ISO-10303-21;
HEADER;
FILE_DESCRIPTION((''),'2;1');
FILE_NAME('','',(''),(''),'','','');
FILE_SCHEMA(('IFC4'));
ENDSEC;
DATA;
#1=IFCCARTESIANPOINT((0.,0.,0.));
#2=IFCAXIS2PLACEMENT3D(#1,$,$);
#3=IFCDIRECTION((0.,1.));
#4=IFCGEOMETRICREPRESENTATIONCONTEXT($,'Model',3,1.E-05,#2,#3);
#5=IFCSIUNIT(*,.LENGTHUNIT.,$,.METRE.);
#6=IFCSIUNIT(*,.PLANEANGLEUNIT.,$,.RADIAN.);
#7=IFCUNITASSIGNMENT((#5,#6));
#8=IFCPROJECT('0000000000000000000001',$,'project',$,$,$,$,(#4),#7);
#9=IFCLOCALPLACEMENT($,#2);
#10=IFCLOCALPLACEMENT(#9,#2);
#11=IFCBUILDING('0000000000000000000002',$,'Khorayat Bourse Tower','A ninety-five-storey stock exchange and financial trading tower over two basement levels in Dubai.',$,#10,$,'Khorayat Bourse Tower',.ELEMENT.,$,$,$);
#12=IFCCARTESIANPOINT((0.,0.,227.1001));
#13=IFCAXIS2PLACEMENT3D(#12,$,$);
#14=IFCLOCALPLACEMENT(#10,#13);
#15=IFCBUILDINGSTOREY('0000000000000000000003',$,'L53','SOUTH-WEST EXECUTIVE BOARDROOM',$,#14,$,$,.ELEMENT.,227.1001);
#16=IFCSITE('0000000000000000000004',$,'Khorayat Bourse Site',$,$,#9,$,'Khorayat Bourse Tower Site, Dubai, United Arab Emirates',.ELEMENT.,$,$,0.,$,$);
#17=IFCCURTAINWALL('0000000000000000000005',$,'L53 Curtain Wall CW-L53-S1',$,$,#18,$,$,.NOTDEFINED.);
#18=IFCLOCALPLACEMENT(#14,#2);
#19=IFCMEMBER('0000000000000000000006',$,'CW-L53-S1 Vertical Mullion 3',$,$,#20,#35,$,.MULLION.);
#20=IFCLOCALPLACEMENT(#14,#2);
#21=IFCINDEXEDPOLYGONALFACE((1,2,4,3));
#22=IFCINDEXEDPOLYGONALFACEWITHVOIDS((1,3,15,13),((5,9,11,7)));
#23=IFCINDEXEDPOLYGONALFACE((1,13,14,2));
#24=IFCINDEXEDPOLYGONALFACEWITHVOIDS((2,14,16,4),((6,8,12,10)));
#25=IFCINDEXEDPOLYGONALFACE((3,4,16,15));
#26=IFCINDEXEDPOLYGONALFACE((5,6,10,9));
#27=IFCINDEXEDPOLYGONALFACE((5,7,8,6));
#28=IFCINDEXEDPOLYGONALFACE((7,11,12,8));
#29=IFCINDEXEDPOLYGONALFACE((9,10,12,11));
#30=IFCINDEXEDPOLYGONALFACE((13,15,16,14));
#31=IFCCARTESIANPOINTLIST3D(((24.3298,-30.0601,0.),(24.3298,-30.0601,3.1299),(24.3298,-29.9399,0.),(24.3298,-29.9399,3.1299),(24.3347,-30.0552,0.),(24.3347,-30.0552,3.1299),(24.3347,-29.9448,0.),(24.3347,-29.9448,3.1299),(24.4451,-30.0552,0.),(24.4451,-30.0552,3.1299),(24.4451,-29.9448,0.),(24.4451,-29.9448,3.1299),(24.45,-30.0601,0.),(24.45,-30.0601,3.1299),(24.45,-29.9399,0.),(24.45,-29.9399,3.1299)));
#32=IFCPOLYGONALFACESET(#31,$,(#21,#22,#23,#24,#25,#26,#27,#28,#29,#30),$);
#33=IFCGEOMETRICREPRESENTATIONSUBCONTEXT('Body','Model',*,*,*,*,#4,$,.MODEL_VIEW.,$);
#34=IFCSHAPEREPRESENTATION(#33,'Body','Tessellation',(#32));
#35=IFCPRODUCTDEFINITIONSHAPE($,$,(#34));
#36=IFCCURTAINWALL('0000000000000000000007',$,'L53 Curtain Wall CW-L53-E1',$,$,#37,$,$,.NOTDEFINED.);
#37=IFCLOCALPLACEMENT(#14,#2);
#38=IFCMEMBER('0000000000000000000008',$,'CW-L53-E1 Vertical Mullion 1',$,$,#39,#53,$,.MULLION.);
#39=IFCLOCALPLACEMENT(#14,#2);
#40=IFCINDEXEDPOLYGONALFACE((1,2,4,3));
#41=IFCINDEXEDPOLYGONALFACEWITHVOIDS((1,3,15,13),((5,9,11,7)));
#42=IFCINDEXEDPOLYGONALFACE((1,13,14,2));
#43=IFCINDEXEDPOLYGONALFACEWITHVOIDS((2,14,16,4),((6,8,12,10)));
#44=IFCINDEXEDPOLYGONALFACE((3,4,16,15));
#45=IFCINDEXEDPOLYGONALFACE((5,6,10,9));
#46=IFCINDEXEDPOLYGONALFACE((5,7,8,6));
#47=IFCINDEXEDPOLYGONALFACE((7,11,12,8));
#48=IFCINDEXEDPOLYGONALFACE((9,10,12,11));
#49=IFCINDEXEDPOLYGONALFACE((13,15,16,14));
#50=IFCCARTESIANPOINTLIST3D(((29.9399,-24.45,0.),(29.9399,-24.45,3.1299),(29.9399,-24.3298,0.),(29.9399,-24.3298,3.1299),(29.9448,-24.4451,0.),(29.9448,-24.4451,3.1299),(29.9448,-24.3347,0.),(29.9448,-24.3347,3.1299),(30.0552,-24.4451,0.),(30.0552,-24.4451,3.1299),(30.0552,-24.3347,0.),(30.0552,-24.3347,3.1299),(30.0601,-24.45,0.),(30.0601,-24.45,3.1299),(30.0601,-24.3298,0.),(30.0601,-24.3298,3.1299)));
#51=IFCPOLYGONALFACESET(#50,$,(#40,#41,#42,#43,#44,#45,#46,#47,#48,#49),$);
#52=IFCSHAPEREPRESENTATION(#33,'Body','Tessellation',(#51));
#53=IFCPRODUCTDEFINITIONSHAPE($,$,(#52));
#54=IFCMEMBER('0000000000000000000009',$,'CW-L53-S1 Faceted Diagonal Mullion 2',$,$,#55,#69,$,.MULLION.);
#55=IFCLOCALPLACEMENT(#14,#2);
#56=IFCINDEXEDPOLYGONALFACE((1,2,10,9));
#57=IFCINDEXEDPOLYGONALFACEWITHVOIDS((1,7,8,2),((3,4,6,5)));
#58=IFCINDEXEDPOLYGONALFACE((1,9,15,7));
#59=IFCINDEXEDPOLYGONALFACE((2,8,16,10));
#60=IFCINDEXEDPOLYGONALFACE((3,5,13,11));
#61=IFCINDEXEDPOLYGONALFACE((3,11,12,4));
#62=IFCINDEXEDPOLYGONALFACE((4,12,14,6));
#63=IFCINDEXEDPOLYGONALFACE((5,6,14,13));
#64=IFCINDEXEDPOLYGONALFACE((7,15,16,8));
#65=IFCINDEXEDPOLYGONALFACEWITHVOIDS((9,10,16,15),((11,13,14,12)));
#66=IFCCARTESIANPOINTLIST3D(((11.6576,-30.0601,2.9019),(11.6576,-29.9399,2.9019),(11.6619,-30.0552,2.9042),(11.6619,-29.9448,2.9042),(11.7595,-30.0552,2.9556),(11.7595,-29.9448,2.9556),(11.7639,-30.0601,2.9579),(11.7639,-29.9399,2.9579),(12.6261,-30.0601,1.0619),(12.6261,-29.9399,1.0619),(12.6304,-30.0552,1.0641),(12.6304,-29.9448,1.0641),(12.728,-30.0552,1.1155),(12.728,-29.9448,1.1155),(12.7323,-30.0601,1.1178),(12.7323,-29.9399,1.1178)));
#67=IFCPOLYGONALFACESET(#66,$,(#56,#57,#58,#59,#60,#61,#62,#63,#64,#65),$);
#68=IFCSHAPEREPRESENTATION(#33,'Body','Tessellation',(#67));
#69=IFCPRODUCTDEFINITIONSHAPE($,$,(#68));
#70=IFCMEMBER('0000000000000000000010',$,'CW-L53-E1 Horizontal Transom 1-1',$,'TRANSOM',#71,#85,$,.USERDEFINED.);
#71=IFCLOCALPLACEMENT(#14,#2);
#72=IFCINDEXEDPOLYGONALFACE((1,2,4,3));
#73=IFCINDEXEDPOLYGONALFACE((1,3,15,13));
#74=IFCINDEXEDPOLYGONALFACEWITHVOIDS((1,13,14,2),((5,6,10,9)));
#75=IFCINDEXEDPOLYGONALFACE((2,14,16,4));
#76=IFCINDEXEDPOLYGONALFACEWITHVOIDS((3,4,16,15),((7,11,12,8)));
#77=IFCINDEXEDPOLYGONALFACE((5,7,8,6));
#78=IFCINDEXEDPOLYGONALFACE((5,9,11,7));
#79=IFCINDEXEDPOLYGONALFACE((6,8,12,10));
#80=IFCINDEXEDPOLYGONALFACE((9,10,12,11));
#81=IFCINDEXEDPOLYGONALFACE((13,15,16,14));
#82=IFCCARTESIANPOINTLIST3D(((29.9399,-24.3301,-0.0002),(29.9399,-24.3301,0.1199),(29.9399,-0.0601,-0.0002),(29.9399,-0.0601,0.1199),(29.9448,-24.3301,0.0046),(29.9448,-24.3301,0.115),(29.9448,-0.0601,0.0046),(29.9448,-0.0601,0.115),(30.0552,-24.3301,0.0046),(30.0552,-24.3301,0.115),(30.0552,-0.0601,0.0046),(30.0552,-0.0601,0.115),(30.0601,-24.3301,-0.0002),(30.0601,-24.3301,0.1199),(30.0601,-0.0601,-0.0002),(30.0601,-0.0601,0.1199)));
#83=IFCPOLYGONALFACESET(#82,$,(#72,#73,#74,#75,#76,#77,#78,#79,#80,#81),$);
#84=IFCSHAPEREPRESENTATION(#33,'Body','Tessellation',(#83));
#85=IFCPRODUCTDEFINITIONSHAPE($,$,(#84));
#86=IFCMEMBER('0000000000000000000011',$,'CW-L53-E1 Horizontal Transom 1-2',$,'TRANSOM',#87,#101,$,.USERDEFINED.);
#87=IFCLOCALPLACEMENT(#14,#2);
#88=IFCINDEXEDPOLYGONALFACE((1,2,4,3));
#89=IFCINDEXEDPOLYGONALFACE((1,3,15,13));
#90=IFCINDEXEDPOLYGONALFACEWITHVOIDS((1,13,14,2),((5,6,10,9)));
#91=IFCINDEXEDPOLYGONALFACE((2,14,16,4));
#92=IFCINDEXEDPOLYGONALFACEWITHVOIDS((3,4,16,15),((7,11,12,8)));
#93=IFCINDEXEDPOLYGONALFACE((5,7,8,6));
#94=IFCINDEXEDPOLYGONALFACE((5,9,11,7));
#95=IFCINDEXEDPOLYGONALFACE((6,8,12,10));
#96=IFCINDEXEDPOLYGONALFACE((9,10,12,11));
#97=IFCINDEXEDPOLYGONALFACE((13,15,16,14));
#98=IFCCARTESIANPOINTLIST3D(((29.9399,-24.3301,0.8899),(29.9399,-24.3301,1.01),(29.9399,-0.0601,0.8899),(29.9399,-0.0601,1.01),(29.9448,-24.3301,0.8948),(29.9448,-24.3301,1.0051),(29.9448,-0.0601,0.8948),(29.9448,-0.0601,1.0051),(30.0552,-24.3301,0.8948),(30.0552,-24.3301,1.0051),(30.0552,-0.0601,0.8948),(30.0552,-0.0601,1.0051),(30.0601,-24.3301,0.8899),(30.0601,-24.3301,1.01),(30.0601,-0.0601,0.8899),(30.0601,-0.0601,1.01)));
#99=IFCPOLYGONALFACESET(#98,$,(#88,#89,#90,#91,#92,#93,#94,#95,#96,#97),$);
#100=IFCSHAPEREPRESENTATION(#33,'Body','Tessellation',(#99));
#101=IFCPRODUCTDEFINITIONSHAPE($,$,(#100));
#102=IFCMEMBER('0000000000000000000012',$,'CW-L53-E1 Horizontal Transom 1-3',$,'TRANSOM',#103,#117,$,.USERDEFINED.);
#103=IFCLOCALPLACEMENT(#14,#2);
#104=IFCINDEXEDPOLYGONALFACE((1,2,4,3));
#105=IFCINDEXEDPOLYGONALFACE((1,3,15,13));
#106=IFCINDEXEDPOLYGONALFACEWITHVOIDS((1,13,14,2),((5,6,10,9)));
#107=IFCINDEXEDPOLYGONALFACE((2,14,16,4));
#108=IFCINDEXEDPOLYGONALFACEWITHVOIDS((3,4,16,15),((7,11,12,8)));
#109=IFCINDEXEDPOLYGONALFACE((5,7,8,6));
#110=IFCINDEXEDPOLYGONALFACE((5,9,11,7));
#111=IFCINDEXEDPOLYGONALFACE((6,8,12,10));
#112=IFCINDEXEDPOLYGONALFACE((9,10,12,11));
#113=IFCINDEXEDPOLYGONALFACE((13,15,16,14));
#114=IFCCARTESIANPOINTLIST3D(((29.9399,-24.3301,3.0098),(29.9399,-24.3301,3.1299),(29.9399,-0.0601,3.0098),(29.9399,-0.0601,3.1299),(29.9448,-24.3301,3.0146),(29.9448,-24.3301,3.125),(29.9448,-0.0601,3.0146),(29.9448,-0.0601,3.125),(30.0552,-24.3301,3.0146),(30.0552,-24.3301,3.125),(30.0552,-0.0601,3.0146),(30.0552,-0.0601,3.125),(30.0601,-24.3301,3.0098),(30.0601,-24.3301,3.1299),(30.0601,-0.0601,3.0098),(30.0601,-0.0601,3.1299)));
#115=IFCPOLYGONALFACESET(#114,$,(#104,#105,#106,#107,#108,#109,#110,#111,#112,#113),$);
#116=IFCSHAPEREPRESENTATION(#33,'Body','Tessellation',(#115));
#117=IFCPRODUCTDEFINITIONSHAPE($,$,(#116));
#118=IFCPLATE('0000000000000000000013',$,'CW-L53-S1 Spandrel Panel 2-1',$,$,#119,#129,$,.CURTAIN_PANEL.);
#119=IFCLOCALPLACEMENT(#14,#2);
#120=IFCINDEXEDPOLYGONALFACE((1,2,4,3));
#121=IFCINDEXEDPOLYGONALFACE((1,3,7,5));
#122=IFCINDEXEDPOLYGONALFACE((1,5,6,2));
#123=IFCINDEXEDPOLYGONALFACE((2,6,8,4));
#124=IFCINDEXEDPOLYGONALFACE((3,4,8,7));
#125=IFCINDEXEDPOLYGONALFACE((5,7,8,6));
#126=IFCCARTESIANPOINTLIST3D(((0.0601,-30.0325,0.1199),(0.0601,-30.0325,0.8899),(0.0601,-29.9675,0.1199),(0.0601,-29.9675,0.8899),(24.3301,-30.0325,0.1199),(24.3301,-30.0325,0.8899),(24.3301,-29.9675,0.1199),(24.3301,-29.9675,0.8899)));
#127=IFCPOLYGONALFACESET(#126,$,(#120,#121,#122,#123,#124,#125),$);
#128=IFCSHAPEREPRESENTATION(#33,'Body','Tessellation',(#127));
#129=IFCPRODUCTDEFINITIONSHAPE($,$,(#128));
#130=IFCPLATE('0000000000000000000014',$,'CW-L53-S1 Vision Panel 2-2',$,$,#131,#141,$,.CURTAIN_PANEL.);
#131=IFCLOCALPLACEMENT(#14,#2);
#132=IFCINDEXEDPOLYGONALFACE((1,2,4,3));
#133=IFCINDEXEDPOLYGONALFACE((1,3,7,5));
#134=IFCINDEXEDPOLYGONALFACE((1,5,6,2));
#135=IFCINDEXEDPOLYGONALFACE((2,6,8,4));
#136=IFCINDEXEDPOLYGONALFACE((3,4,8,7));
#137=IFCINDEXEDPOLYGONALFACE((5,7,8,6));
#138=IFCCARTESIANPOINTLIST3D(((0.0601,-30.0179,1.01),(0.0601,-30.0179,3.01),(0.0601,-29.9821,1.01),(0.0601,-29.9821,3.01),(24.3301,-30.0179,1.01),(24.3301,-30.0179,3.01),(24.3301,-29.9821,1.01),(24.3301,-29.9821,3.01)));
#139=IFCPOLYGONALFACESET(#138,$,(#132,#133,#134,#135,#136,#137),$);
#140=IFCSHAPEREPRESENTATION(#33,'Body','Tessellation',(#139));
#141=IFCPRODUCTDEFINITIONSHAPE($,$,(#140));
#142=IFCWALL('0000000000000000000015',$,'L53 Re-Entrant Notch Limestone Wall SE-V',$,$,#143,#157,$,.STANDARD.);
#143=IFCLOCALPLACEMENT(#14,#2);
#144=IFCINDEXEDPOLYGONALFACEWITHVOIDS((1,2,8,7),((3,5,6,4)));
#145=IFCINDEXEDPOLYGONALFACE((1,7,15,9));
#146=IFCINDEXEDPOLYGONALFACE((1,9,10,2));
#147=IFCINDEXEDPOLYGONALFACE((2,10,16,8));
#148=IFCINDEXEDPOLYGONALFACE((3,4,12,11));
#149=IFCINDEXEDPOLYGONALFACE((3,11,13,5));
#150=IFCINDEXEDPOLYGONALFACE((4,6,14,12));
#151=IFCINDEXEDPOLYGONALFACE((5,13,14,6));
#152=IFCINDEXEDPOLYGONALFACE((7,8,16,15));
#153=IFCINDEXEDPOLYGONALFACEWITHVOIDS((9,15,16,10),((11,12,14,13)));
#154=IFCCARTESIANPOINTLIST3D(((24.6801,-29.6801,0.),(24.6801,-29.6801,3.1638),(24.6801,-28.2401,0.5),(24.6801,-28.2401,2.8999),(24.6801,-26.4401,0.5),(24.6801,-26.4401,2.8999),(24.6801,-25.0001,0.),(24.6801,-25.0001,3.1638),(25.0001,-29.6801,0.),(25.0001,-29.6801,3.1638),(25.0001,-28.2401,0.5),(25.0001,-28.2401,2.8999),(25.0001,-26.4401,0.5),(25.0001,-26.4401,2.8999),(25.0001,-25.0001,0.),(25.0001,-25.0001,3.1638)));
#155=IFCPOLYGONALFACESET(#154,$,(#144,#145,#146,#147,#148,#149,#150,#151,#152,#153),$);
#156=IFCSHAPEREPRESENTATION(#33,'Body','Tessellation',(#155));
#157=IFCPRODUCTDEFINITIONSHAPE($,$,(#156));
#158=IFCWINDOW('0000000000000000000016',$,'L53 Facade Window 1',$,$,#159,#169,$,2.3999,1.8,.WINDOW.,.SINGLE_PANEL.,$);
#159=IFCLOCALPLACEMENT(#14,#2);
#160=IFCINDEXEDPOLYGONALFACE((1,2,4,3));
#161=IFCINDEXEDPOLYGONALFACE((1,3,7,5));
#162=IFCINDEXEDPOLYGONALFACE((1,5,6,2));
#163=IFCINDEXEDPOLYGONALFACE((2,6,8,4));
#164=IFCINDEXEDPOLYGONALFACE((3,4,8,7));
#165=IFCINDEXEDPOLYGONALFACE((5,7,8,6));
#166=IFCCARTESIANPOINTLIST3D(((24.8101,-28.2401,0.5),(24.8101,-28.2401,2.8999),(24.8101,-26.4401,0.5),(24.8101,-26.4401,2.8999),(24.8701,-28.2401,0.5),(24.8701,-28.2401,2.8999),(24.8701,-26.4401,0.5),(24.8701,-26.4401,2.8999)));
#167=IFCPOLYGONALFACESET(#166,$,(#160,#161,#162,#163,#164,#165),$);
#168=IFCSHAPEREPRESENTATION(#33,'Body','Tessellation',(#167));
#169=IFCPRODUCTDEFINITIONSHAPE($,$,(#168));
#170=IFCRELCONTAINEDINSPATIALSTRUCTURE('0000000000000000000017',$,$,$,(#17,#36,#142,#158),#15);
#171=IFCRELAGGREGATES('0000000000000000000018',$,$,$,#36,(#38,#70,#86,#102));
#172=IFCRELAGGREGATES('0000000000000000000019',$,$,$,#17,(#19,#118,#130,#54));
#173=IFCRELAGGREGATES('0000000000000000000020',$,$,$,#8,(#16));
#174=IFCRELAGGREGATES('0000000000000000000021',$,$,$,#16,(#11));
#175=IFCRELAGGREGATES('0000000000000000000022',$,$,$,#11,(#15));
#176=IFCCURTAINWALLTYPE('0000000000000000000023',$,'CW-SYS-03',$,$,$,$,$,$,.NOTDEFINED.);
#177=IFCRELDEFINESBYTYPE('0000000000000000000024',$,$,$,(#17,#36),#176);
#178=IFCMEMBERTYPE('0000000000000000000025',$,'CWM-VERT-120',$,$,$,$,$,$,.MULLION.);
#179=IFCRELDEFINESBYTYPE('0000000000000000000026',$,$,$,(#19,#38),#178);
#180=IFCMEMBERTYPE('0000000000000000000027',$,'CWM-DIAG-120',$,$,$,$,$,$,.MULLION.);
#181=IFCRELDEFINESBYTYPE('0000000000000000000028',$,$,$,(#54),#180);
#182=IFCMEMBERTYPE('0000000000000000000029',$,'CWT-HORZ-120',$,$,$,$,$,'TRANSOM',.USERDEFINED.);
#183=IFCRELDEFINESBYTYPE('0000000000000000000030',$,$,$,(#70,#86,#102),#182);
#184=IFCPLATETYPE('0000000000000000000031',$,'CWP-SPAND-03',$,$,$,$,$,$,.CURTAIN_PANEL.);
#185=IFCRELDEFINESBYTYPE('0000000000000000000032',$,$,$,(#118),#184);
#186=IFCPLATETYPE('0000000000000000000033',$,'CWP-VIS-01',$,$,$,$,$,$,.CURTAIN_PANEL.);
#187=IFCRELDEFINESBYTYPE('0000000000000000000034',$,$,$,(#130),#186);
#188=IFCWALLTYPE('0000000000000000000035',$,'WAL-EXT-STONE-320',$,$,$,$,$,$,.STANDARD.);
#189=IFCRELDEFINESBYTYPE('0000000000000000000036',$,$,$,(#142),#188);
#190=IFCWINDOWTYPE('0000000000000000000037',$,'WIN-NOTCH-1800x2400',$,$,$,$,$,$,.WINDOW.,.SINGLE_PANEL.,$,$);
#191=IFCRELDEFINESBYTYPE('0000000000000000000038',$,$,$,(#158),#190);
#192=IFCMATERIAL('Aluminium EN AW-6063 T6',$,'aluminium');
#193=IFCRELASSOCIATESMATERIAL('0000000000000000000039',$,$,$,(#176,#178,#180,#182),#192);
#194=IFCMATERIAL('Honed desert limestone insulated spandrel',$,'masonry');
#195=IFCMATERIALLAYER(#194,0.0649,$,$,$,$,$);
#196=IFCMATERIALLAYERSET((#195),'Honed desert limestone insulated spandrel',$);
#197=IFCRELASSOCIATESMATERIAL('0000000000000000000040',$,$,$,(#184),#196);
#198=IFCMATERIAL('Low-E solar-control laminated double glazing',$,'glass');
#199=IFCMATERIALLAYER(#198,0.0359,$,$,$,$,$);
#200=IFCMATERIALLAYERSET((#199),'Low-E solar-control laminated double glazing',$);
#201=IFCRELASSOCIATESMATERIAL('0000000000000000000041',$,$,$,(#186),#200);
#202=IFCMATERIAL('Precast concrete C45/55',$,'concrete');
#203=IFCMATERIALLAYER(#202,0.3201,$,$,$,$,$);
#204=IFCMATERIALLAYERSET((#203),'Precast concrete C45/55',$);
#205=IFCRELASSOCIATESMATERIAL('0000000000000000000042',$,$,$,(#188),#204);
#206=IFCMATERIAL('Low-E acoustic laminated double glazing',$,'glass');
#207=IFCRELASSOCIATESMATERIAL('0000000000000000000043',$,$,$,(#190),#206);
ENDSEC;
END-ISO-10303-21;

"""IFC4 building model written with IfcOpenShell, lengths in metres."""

from ifc_helpers import new_model, si_unit, direction, frame, frame_2d, origin, origin_2d, place, context, subcontext, project, spatial, rectangle, hollow_rectangle, extrude, source, transform, mapped, material, layer, layer_set, material_profile, profile_set, type_object, element, fill, aggregate, save


model = new_model("IFC4")

# Units and contexts
model_context = context("Model", 3, precision=1e-05, world=origin(), true_north=direction((0.0, 1.0)))
body_context = subcontext(model_context, "Body", "Model", "MODEL_VIEW")
ifc_project = project(units=[si_unit("LENGTHUNIT", "METRE"), si_unit("PLANEANGLEUNIT", "RADIAN")], contexts=[model_context])

# Site, building, storey
site_placement = place(None, origin())
site = spatial("IfcSite", under=ifc_project, at=site_placement, Name="Khorayat Bourse Site", LongName="Khorayat Bourse Tower Site, Dubai, United Arab Emirates", CompositionType="ELEMENT", RefElevation=0.0)
building_placement = place(site_placement, origin())
building = spatial("IfcBuilding", under=site, at=building_placement, Name="Khorayat Bourse Tower", Description="A ninety-five-storey stock exchange and financial trading tower over two basement levels in Dubai.", LongName="Khorayat Bourse Tower", CompositionType="ELEMENT")
storey_placement = place(building_placement, frame((0.0, 0.0, 227.1001)))
storey = spatial("IfcBuildingStorey", under=building, at=storey_placement, Name="L53", Description="SOUTH-WEST EXECUTIVE BOARDROOM", CompositionType="ELEMENT", Elevation=227.1001)

# Curtain walls, members
ifc_material_1 = material(Name="Aluminium EN AW-6063 T6", Category="aluminium")
curtain_wall_type = type_object("IfcCurtainWallType", Name="CW-SYS-03", PredefinedType="NOTDEFINED", material=ifc_material_1)
curtain_wall_1_placement = place(storey_placement, origin())
curtain_wall_1 = element("IfcCurtainWall", 1, at=curtain_wall_1_placement, inside=storey, type_object=curtain_wall_type, Name="L53 Curtain Wall CW-L53-S1", PredefinedType="NOTDEFINED")
ifc_material_profile_1 = material_profile(ifc_material_1, hollow_rectangle(XDim=0.1201, YDim=0.1201, WallThickness=0.0049, at=origin_2d()), Name="ALU 120x120x5")
ifc_profile_set_1 = profile_set([ifc_material_profile_1], Name="Aluminium EN AW-6063 T6")
member_type_1 = type_object("IfcMemberType", Name="CWM-VERT-120", PredefinedType="MULLION", material=ifc_profile_set_1)
shared_shape_1 = source(origin(), body_context, "Body", "SweptSolid", [
    extrude(hollow_rectangle(XDim=0.1201, YDim=0.1201, WallThickness=0.0049, at=origin_2d()), origin(), (0.0, 0.0, 1.0), 3.1299),
])
member_1_placement = place(storey_placement, frame((24.3899, -30.0, 0.0), z_axis=(0.0, 0.0, 1.0), x_axis=(0.0, 1.0, 0.0)))
member_1 = element("IfcMember", 2, at=member_1_placement, type_object=member_type_1, Name="CW-L53-S1 Vertical Mullion 3", PredefinedType="MULLION", context=body_context, shape_type="MappedRepresentation", body=[
    mapped(shared_shape_1, transform((0.0, 0.0, 0.0), scale=1.0)),
])
curtain_wall_2_placement = place(storey_placement, origin())
curtain_wall_2 = element("IfcCurtainWall", 3, at=curtain_wall_2_placement, inside=storey, type_object=curtain_wall_type, Name="L53 Curtain Wall CW-L53-E1", PredefinedType="NOTDEFINED")
member_2_placement = place(storey_placement, frame((30.0, -24.3899, 0.0), z_axis=(0.0, 0.0, 1.0), x_axis=(-1.0, 0.0, 0.0)))
member_2 = element("IfcMember", 4, at=member_2_placement, type_object=member_type_1, Name="CW-L53-E1 Vertical Mullion 1", PredefinedType="MULLION", context=body_context, shape_type="MappedRepresentation", body=[
    mapped(shared_shape_1, transform((0.0, 0.0, 0.0), scale=1.0)),
])

# Members
ifc_material_profile_2 = material_profile(ifc_material_1, hollow_rectangle(XDim=0.1201, YDim=0.1201, WallThickness=0.0049, at=origin_2d()), Name="ALU 120x120x5")
ifc_profile_set_2 = profile_set([ifc_material_profile_2], Name="Aluminium EN AW-6063 T6")
member_type_2 = type_object("IfcMemberType", Name="CWM-DIAG-120", PredefinedType="MULLION", material=ifc_profile_set_2)
shared_shape_2 = source(origin(), body_context, "Body", "SweptSolid", [
    extrude(hollow_rectangle(XDim=0.1201, YDim=0.1201, WallThickness=0.0049, at=origin_2d()), origin(), (0.0, 0.0, 1.0), 2.0793),
])
member_3_placement = place(storey_placement, frame((12.6792, -30.0, 1.0898), z_axis=(-0.465761, 0.0, 0.884911), x_axis=(0.0, -1.0, 0.0)))
member_3 = element("IfcMember", 5, at=member_3_placement, type_object=member_type_2, Name="CW-L53-S1 Faceted Diagonal Mullion 2", PredefinedType="MULLION", context=body_context, shape_type="MappedRepresentation", body=[
    mapped(shared_shape_2, transform((0.0, 0.0, 0.0), scale=1.0)),
])
ifc_material_profile_3 = material_profile(ifc_material_1, hollow_rectangle(XDim=0.1201, YDim=0.1201, WallThickness=0.0049, at=origin_2d()), Name="ALU 120x120x5")
ifc_profile_set_3 = profile_set([ifc_material_profile_3], Name="Aluminium EN AW-6063 T6")
member_type_3 = type_object("IfcMemberType", Name="CWT-HORZ-120", ElementType="TRANSOM", PredefinedType="USERDEFINED", material=ifc_profile_set_3)
shared_shape_3 = source(origin(), body_context, "Body", "SweptSolid", [
    extrude(hollow_rectangle(XDim=0.1201, YDim=0.1201, WallThickness=0.0049, at=origin_2d()), origin(), (0.0, 0.0, 1.0), 24.27),
])
member_4_placement = place(storey_placement, frame((30.0, -24.3301, 0.0598), z_axis=(0.0, 1.0, 0.0), x_axis=(-1.0, 0.0, 0.0)))
member_4 = element("IfcMember", 6, at=member_4_placement, type_object=member_type_3, Name="CW-L53-E1 Horizontal Transom 1-1", ObjectType="TRANSOM", PredefinedType="USERDEFINED", context=body_context, shape_type="MappedRepresentation", body=[
    mapped(shared_shape_3, transform((0.0, 0.0, 0.0), scale=1.0)),
])
member_5_placement = place(storey_placement, frame((30.0, -24.3301, 0.95), z_axis=(0.0, 1.0, 0.0), x_axis=(-1.0, 0.0, 0.0)))
member_5 = element("IfcMember", 7, at=member_5_placement, type_object=member_type_3, Name="CW-L53-E1 Horizontal Transom 1-2", ObjectType="TRANSOM", PredefinedType="USERDEFINED", context=body_context, shape_type="MappedRepresentation", body=[
    mapped(shared_shape_3, transform((0.0, 0.0, 0.0), scale=1.0)),
])
member_6_placement = place(storey_placement, frame((30.0, -24.3301, 3.0698), z_axis=(0.0, 1.0, 0.0), x_axis=(-1.0, 0.0, 0.0)))
member_6 = element("IfcMember", 8, at=member_6_placement, type_object=member_type_3, Name="CW-L53-E1 Horizontal Transom 1-3", ObjectType="TRANSOM", PredefinedType="USERDEFINED", context=body_context, shape_type="MappedRepresentation", body=[
    mapped(shared_shape_3, transform((0.0, 0.0, 0.0), scale=1.0)),
])
aggregate(curtain_wall_2, [member_2, member_4, member_5, member_6])

# Plates
ifc_material_2 = material(Name="Honed desert limestone insulated spandrel", Category="masonry")
ifc_layer_1 = layer(ifc_material_2, 0.0649)
ifc_layer_set_1 = layer_set([ifc_layer_1], Name="Honed desert limestone insulated spandrel")
plate_type_1 = type_object("IfcPlateType", Name="CWP-SPAND-03", PredefinedType="CURTAIN_PANEL", material=ifc_layer_set_1)
shared_shape_4 = source(origin(), body_context, "Body", "SweptSolid", [
    extrude(rectangle(XDim=24.27, YDim=0.0649, at=origin_2d()), origin(), (0.0, 0.0, 1.0), 0.77),
])
plate_1_placement = place(storey_placement, frame((12.1951, -30.0, 0.1199), z_axis=(0.0, 0.0, 1.0), x_axis=(1.0, 0.0, 0.0)))
plate_1 = element("IfcPlate", 9, at=plate_1_placement, type_object=plate_type_1, Name="CW-L53-S1 Spandrel Panel 2-1", PredefinedType="CURTAIN_PANEL", context=body_context, shape_type="MappedRepresentation", body=[
    mapped(shared_shape_4, transform((0.0, 0.0, 0.0), scale=1.0)),
])
ifc_material_3 = material(Name="Low-E solar-control laminated double glazing", Category="glass")
ifc_layer_2 = layer(ifc_material_3, 0.0359)
ifc_layer_set_2 = layer_set([ifc_layer_2], Name="Low-E solar-control laminated double glazing")
plate_type_2 = type_object("IfcPlateType", Name="CWP-VIS-01", PredefinedType="CURTAIN_PANEL", material=ifc_layer_set_2)
shared_shape_5 = source(origin(), body_context, "Body", "SweptSolid", [
    extrude(rectangle(XDim=24.27, YDim=0.0359, at=origin_2d()), origin(), (0.0, 0.0, 1.0), 2.0),
])
plate_2_placement = place(storey_placement, frame((12.1951, -30.0, 1.01), z_axis=(0.0, 0.0, 1.0), x_axis=(1.0, 0.0, 0.0)))
plate_2 = element("IfcPlate", 10, at=plate_2_placement, type_object=plate_type_2, Name="CW-L53-S1 Vision Panel 2-2", PredefinedType="CURTAIN_PANEL", context=body_context, shape_type="MappedRepresentation", body=[
    mapped(shared_shape_5, transform((0.0, 0.0, 0.0), scale=1.0)),
])
aggregate(curtain_wall_1, [member_1, plate_1, plate_2, member_3])

# Wall, opening, window
ifc_material_4 = material(Name="Precast concrete C45/55", Category="concrete")
ifc_layer_3 = layer(ifc_material_4, 0.3201)
ifc_layer_set_3 = layer_set([ifc_layer_3], Name="Precast concrete C45/55")
wall_type_1 = type_object("IfcWallType", Name="WAL-EXT-STONE-320", PredefinedType="STANDARD", material=ifc_layer_set_3)
shared_shape_6 = source(origin(), body_context, "Body", "SweptSolid", [
    extrude(rectangle(XDim=4.6799, YDim=0.3201, at=frame_2d((2.3398, 0.0))), origin(), (0.0, 0.0, 1.0), 3.1638),
])
wall_1_placement = place(storey_placement, frame((24.8401, -29.6799, 0.0), z_axis=(0.0, 0.0, 1.0), x_axis=(0.0, 1.0, 0.0)))
wall_1 = element("IfcWall", 11, at=wall_1_placement, inside=storey, type_object=wall_type_1, Name="L53 Re-Entrant Notch Limestone Wall SE-V", PredefinedType="STANDARD", context=body_context, shape_type="MappedRepresentation", body=[
    mapped(shared_shape_6, transform((0.0, 0.0, 0.0), scale=1.0)),
])
shared_shape_7 = source(origin(), body_context, "Body", "SweptSolid", [
    extrude(rectangle(XDim=1.8, YDim=2.3999, at=frame_2d((0.8999, 1.2))), frame((0.0, 0.1699, 0.0), z_axis=(0.0, -1.0, 0.0), x_axis=(1.0, 0.0, 0.0)), (0.0, 0.0, 1.0), 0.3401),
])
opening_1_placement = place(wall_1_placement, frame((1.4399, 0.0, 0.5)))
opening_1 = element("IfcOpeningElement", 12, at=opening_1_placement, cuts=wall_1, PredefinedType="OPENING", context=body_context, shape_type="MappedRepresentation", body=[
    mapped(shared_shape_7, transform((0.0, 0.0, 0.0), scale=1.0)),
])
ifc_material_5 = material(Name="Low-E acoustic laminated double glazing", Category="glass")
window_type = type_object("IfcWindowType", Name="WIN-NOTCH-1800x2400", PartitioningType="SINGLE_PANEL", PredefinedType="WINDOW", material=ifc_material_5)
shared_shape_8 = source(origin(), body_context, "Body", "SweptSolid", [
    extrude(rectangle(XDim=1.8, YDim=2.3999, at=frame_2d((0.8999, 1.2))), frame((0.0, 0.03, 0.0), z_axis=(0.0, -1.0, 0.0), x_axis=(1.0, 0.0, 0.0)), (0.0, 0.0, 1.0), 0.0601),
])
window_1_placement = place(opening_1_placement, origin())
window_1 = element("IfcWindow", 13, at=window_1_placement, inside=storey, type_object=window_type, Name="L53 Facade Window 1", OverallHeight=2.3999, OverallWidth=1.8, PartitioningType="SINGLE_PANEL", PredefinedType="WINDOW", context=body_context, shape_type="MappedRepresentation", body=[
    mapped(shared_shape_8, transform((0.0, 0.0, 0.0), scale=1.0)),
])
fill(opening_1, window_1)

save(model, "model.ifc")
